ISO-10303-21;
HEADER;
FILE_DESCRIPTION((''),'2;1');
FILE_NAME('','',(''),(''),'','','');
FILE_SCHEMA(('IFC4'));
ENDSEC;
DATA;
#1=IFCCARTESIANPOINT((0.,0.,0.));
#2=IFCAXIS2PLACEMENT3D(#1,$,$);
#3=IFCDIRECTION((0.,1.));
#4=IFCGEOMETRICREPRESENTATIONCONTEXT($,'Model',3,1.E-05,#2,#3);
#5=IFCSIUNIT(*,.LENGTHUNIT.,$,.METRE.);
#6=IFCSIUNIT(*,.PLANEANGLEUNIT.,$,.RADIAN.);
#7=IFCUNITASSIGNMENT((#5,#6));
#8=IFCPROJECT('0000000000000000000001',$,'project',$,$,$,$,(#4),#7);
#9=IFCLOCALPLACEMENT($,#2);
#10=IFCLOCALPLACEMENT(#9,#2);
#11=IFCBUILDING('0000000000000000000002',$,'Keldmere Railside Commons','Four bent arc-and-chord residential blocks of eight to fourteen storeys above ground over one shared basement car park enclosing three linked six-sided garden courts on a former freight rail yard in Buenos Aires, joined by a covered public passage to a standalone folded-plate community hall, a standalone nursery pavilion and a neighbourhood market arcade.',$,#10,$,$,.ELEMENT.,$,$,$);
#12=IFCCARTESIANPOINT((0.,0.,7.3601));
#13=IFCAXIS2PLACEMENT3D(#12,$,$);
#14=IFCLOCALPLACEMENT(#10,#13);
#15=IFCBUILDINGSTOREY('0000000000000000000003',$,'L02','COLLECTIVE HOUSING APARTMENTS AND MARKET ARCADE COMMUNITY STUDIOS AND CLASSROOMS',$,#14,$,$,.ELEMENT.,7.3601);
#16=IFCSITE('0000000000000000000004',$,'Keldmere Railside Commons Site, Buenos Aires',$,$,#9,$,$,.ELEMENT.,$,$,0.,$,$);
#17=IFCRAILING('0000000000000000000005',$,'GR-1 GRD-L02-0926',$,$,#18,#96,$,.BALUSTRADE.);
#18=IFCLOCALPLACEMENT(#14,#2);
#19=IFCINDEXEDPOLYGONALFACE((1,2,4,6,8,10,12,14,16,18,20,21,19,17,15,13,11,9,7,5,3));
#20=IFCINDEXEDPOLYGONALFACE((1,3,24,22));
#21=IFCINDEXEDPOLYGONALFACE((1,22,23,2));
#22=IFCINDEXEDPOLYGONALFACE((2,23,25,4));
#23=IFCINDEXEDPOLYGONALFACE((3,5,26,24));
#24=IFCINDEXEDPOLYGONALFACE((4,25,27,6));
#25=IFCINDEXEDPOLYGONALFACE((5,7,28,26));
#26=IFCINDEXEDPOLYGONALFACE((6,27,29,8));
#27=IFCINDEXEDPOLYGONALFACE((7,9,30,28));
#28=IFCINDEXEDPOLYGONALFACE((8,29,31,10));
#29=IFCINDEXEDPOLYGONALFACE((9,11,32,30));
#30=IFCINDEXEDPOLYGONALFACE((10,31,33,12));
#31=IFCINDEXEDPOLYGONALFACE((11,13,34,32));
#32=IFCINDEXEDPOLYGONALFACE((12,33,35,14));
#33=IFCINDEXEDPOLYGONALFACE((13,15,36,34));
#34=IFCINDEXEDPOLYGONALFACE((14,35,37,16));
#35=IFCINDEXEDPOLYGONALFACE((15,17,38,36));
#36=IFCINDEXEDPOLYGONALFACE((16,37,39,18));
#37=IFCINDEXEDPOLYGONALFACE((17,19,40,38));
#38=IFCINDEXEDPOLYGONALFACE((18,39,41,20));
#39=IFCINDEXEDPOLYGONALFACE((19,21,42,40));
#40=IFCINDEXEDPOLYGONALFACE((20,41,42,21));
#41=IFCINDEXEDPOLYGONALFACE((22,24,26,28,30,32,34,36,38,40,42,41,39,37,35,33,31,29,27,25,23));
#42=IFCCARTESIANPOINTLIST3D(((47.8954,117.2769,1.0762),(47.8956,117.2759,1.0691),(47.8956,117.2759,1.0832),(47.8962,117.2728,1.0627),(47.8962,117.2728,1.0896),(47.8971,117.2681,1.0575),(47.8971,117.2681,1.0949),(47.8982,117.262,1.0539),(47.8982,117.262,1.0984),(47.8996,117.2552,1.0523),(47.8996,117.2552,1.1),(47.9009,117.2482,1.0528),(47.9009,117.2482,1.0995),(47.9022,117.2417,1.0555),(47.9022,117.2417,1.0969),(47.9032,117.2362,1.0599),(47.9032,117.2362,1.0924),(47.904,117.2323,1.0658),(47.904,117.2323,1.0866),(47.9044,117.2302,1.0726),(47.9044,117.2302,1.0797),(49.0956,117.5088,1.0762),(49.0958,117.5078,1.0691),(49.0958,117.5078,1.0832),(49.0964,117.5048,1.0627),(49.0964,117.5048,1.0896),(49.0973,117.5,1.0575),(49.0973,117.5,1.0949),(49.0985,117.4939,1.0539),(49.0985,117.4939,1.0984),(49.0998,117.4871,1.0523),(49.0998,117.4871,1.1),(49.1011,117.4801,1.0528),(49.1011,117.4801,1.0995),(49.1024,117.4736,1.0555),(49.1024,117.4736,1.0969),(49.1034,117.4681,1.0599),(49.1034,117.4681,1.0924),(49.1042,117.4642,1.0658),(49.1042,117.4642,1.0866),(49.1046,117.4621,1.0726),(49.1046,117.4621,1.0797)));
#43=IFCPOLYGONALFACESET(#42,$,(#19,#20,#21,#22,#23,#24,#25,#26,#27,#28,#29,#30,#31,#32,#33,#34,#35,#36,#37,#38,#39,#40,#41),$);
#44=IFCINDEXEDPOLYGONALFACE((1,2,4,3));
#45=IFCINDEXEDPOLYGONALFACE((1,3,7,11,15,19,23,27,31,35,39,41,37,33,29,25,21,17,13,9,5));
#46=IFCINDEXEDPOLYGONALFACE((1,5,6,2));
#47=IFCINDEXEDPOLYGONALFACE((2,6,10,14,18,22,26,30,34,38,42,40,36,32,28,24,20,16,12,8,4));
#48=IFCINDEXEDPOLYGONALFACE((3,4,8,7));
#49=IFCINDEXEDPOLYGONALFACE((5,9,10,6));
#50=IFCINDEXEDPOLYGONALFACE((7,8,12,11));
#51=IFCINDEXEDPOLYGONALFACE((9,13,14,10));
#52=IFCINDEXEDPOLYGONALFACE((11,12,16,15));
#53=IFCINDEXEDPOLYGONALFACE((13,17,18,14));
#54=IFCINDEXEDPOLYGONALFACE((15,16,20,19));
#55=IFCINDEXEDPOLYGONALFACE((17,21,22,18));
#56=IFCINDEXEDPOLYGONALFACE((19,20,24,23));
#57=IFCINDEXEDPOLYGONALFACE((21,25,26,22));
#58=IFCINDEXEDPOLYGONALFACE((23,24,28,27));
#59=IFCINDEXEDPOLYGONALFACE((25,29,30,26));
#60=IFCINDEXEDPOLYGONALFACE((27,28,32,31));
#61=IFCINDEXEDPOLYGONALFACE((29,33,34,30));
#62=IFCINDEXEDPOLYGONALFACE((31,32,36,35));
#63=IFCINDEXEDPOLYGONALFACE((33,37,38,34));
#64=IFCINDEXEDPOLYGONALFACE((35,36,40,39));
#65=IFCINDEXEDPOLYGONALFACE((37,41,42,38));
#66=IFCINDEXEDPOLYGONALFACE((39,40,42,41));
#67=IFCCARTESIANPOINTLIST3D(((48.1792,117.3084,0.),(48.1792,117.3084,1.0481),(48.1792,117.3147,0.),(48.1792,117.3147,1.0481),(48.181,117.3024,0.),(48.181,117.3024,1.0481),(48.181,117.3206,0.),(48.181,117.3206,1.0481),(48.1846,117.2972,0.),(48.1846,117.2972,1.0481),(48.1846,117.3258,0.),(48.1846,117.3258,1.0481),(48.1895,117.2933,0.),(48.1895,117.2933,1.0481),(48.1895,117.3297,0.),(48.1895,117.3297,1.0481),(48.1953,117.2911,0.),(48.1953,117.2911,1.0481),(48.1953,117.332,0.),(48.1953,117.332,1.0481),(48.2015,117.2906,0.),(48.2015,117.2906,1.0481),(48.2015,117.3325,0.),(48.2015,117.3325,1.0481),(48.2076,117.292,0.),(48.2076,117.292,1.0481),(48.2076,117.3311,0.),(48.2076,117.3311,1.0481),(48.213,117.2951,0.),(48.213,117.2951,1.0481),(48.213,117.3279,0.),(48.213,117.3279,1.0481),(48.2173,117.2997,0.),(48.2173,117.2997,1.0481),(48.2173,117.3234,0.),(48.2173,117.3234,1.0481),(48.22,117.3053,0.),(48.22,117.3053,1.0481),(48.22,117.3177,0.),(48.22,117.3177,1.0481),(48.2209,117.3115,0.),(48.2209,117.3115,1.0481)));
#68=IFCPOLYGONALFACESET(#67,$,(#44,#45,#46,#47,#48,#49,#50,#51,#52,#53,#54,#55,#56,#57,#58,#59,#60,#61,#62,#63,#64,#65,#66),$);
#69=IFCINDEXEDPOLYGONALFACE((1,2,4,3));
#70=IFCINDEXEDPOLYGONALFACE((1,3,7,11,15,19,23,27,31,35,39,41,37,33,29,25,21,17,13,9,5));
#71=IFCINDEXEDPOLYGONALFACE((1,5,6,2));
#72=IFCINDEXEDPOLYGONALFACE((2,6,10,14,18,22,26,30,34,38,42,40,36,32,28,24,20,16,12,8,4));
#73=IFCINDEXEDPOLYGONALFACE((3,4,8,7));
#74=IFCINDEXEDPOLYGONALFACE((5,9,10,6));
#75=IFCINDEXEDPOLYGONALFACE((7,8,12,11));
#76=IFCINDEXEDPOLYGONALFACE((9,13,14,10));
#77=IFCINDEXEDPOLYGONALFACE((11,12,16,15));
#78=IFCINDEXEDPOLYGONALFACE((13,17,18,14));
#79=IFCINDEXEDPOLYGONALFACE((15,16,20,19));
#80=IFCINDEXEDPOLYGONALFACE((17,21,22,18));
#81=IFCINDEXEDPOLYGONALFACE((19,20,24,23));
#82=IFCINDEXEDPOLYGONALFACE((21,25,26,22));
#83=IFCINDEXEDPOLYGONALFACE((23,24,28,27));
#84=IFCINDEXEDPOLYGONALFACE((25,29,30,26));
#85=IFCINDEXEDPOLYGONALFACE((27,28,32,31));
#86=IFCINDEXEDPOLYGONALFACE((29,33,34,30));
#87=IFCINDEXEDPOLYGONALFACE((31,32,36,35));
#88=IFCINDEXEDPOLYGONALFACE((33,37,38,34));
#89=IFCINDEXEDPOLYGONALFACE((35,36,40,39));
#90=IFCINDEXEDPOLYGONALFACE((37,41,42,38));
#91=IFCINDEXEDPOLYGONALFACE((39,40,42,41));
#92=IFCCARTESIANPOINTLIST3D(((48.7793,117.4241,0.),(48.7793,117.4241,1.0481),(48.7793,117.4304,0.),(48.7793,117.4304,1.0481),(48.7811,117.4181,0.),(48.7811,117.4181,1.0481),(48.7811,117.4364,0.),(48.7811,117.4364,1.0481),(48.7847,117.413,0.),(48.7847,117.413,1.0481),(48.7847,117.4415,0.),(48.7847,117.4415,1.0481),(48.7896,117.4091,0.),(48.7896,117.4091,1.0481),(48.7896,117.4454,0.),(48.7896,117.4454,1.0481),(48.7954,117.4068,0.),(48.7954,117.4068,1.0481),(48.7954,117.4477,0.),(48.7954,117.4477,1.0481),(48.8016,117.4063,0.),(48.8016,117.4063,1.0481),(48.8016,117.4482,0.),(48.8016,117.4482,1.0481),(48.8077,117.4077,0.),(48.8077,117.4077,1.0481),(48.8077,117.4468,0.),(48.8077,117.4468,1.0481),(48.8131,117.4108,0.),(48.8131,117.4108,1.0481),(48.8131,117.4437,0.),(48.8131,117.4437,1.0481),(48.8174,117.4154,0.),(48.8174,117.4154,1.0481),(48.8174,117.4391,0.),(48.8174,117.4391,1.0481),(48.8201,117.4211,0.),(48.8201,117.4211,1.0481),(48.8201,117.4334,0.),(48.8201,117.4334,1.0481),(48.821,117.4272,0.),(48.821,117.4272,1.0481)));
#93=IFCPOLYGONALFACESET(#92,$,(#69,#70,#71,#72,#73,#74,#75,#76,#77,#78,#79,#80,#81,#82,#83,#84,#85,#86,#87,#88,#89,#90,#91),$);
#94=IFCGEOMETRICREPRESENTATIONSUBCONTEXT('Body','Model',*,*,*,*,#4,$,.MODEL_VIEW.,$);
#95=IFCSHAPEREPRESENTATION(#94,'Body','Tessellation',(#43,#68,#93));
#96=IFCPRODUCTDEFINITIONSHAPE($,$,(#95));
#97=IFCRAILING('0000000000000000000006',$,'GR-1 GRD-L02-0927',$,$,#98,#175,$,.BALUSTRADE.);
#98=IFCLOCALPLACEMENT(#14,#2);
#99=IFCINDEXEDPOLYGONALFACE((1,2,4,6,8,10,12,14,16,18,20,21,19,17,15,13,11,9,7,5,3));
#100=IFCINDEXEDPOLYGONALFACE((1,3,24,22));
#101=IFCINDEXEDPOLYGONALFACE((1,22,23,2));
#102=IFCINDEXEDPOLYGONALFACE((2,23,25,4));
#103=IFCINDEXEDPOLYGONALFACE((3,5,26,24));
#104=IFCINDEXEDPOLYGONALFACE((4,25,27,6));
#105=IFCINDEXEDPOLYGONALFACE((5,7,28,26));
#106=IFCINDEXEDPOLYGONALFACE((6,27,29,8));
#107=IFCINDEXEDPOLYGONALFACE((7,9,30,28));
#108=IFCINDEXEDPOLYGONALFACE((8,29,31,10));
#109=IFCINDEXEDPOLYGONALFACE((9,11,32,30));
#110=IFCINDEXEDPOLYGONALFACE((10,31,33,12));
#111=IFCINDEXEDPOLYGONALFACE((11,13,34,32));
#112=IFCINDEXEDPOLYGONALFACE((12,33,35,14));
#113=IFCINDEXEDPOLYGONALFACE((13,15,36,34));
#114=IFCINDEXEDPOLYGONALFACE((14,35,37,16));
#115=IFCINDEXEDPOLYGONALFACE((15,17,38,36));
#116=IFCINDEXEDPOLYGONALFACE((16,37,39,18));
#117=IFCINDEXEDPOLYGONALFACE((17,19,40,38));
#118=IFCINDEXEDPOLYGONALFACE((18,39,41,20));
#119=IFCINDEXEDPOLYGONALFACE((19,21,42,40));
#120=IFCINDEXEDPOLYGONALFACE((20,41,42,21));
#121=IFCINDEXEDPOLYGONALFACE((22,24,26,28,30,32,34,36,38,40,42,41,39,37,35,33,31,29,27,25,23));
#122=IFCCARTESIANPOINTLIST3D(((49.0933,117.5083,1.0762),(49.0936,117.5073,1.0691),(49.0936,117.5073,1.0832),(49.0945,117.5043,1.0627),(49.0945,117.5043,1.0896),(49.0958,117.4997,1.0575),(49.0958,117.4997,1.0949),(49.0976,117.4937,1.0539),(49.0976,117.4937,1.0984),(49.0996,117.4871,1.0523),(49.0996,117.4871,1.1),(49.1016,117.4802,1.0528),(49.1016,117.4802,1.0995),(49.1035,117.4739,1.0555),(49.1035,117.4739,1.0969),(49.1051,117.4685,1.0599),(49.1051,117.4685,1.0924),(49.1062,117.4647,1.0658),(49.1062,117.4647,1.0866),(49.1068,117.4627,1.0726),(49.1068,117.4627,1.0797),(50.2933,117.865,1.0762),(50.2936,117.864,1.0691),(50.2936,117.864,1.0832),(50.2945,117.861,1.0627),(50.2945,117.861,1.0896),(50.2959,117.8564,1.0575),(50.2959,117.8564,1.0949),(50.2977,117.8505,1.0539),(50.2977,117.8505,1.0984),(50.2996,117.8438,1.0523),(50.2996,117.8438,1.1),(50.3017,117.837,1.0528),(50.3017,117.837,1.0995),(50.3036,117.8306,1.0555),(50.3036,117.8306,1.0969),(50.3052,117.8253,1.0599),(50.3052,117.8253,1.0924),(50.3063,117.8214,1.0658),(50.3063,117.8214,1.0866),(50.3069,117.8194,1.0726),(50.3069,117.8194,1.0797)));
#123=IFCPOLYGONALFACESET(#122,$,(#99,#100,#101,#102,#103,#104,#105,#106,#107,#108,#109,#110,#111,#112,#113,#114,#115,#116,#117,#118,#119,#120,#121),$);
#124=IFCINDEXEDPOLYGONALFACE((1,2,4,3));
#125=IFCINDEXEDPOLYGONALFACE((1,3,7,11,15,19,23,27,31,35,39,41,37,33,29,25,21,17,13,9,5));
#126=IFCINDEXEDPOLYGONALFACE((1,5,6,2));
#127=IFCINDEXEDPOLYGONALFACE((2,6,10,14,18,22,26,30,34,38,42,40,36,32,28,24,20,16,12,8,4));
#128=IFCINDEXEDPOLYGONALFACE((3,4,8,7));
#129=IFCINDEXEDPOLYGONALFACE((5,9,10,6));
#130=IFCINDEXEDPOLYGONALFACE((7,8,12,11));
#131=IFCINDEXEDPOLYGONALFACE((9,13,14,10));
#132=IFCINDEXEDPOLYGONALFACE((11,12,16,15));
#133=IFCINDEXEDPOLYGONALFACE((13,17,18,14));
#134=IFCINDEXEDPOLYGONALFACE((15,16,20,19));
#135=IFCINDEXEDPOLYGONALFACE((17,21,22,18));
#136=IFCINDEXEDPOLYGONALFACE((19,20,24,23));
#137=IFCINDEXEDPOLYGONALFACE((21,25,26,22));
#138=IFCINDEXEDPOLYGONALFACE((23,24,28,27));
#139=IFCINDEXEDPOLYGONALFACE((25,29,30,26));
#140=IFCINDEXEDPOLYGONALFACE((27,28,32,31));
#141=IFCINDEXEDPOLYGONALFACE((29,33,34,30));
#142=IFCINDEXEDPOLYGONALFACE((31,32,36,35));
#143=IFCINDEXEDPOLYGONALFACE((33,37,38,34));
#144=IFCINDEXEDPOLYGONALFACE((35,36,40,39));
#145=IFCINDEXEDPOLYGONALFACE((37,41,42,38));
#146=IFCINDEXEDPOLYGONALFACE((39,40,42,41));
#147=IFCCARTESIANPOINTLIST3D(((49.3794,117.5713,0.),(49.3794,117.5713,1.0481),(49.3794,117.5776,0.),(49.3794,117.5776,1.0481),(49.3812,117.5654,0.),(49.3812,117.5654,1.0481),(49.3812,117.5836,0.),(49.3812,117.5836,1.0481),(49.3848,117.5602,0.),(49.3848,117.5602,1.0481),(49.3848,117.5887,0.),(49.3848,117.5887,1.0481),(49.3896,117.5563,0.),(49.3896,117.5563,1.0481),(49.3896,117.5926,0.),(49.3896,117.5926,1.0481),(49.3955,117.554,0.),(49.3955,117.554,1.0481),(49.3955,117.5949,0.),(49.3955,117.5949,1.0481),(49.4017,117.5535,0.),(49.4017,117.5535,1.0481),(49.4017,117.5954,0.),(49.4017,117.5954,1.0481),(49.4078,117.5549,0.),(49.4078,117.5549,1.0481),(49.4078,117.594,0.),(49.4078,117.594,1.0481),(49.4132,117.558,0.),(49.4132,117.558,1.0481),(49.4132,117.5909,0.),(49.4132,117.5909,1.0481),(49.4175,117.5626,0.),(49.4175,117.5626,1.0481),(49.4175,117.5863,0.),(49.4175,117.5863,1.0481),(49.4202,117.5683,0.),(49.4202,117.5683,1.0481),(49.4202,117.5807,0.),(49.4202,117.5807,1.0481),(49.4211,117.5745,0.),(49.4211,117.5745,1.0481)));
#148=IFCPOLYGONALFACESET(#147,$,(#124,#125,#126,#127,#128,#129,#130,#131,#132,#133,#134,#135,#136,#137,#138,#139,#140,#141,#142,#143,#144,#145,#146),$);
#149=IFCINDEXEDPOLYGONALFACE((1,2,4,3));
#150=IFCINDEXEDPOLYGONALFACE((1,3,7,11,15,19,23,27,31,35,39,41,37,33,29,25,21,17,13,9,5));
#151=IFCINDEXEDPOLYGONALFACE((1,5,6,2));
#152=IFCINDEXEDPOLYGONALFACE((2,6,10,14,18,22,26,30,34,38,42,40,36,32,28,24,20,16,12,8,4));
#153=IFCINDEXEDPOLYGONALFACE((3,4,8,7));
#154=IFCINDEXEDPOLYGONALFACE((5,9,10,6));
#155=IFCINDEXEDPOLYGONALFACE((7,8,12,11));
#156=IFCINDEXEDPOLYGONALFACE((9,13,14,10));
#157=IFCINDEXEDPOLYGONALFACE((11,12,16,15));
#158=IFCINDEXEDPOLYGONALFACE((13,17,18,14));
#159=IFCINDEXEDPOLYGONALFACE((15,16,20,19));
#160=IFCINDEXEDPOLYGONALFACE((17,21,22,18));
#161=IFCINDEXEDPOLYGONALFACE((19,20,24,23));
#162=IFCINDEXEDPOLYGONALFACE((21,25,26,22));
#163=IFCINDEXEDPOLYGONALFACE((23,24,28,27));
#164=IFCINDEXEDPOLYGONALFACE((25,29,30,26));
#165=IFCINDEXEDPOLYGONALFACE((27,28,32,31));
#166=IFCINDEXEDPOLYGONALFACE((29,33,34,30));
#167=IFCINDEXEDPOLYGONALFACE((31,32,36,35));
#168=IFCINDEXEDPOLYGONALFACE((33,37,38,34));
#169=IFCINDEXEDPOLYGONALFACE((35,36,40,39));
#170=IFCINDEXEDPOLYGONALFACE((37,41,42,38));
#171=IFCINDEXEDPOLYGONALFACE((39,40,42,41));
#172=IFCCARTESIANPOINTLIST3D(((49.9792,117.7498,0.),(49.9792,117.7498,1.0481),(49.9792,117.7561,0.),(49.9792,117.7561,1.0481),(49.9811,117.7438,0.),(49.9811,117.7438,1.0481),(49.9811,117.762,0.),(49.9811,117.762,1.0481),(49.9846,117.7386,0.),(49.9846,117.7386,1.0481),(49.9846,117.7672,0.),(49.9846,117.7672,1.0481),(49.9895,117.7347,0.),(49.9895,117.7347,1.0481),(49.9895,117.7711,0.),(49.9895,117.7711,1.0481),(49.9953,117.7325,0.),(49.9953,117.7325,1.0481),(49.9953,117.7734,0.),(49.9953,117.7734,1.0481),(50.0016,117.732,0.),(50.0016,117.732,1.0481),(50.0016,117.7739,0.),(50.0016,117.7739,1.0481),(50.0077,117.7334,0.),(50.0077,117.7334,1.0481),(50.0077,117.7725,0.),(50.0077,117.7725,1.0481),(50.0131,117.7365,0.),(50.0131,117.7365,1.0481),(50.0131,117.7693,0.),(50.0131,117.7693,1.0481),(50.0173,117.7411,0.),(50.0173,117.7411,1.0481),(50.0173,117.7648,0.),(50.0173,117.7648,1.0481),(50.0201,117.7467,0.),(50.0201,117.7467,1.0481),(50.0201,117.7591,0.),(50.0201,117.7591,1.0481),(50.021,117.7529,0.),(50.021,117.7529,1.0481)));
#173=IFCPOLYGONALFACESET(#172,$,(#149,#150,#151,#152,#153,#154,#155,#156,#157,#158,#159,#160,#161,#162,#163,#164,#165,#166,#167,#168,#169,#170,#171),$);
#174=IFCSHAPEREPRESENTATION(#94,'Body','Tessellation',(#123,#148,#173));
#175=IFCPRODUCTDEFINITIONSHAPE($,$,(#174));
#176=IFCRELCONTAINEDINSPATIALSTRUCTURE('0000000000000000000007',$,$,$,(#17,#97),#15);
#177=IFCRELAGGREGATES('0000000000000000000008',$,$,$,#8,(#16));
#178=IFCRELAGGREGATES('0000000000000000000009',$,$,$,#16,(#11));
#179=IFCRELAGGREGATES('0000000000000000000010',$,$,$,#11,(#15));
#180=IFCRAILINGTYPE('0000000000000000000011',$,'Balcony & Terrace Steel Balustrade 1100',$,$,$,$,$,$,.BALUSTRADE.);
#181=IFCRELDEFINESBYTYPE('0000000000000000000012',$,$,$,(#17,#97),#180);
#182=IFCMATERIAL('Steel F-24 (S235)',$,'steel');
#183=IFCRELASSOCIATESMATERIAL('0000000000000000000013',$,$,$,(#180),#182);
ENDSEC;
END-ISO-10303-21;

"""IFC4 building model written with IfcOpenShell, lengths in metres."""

from ifc_helpers import new_model, si_unit, direction, frame, origin, origin_2d, place, context, subcontext, project, spatial, circle, extrude, material, type_object, element, save


model = new_model("IFC4")

# Units and contexts
model_context = context("Model", 3, precision=1e-05, world=origin(), true_north=direction((0.0, 1.0)))
body_context = subcontext(model_context, "Body", "Model", "MODEL_VIEW")
ifc_project = project(units=[si_unit("LENGTHUNIT", "METRE"), si_unit("PLANEANGLEUNIT", "RADIAN")], contexts=[model_context])

# Site, building, storey
site_placement = place(None, origin())
site = spatial("IfcSite", under=ifc_project, at=site_placement, Name="Keldmere Railside Commons Site, Buenos Aires", CompositionType="ELEMENT", RefElevation=0.0)
building_placement = place(site_placement, origin())
building = spatial("IfcBuilding", under=site, at=building_placement, Name="Keldmere Railside Commons", Description="Four bent arc-and-chord residential blocks of eight to fourteen storeys above ground over one shared basement car park enclosing three linked six-sided garden courts on a former freight rail yard in Buenos Aires, joined by a covered public passage to a standalone folded-plate community hall, a standalone nursery pavilion and a neighbourhood market arcade.", CompositionType="ELEMENT")
storey_placement = place(building_placement, frame((0.0, 0.0, 7.3601)))
storey = spatial("IfcBuildingStorey", under=building, at=storey_placement, Name="L02", Description="COLLECTIVE HOUSING APARTMENTS AND MARKET ARCADE COMMUNITY STUDIOS AND CLASSROOMS", CompositionType="ELEMENT", Elevation=7.3601)

# Railings
ifc_material_1 = material(Name="Steel F-24 (S235)", Category="steel")
railing_type = type_object("IfcRailingType", Name="Balcony & Terrace Steel Balustrade 1100", PredefinedType="BALUSTRADE", material=ifc_material_1)
railing_1_placement = place(storey_placement, frame((47.8999, 117.2534, 0.0)))
element("IfcRailing", 1, at=railing_1_placement, inside=storey, type_object=railing_type, Name="GR-1 GRD-L02-0926", PredefinedType="BALUSTRADE", context=body_context, shape_type="SweptSolid", body=[
    extrude(circle(Radius=0.0239, at=origin_2d()), frame((0.0, 0.0, 1.0762), z_axis=(0.981835, 0.189736, 0.0), x_axis=(-0.189736, 0.981835, 0.0)), (0.0, 0.0, 1.0), 1.2224),
    extrude(circle(Radius=0.021, at=origin_2d()), frame((0.3, 0.0581, 0.0)), (0.0, 0.0, 1.0), 1.0481),
    extrude(circle(Radius=0.021, at=origin_2d()), frame((0.9001, 0.1738, 0.0)), (0.0, 0.0, 1.0), 1.0481),
])
railing_2_placement = place(storey_placement, frame((49.1001, 117.4854, 0.0)))
element("IfcRailing", 2, at=railing_2_placement, inside=storey, type_object=railing_type, Name="GR-1 GRD-L02-0927", PredefinedType="BALUSTRADE", context=body_context, shape_type="SweptSolid", body=[
    extrude(circle(Radius=0.0239, at=origin_2d()), frame((0.0, 0.0, 1.0762), z_axis=(0.958548, 0.284932, 0.0), x_axis=(-0.284932, 0.958548, 0.0)), (0.0, 0.0, 1.0), 1.252),
    extrude(circle(Radius=0.021, at=origin_2d()), frame((0.3, 0.0891, 0.0)), (0.0, 0.0, 1.0), 1.0481),
    extrude(circle(Radius=0.021, at=origin_2d()), frame((0.8999, 0.2676, 0.0)), (0.0, 0.0, 1.0), 1.0481),
])

save(model, "model.ifc")
